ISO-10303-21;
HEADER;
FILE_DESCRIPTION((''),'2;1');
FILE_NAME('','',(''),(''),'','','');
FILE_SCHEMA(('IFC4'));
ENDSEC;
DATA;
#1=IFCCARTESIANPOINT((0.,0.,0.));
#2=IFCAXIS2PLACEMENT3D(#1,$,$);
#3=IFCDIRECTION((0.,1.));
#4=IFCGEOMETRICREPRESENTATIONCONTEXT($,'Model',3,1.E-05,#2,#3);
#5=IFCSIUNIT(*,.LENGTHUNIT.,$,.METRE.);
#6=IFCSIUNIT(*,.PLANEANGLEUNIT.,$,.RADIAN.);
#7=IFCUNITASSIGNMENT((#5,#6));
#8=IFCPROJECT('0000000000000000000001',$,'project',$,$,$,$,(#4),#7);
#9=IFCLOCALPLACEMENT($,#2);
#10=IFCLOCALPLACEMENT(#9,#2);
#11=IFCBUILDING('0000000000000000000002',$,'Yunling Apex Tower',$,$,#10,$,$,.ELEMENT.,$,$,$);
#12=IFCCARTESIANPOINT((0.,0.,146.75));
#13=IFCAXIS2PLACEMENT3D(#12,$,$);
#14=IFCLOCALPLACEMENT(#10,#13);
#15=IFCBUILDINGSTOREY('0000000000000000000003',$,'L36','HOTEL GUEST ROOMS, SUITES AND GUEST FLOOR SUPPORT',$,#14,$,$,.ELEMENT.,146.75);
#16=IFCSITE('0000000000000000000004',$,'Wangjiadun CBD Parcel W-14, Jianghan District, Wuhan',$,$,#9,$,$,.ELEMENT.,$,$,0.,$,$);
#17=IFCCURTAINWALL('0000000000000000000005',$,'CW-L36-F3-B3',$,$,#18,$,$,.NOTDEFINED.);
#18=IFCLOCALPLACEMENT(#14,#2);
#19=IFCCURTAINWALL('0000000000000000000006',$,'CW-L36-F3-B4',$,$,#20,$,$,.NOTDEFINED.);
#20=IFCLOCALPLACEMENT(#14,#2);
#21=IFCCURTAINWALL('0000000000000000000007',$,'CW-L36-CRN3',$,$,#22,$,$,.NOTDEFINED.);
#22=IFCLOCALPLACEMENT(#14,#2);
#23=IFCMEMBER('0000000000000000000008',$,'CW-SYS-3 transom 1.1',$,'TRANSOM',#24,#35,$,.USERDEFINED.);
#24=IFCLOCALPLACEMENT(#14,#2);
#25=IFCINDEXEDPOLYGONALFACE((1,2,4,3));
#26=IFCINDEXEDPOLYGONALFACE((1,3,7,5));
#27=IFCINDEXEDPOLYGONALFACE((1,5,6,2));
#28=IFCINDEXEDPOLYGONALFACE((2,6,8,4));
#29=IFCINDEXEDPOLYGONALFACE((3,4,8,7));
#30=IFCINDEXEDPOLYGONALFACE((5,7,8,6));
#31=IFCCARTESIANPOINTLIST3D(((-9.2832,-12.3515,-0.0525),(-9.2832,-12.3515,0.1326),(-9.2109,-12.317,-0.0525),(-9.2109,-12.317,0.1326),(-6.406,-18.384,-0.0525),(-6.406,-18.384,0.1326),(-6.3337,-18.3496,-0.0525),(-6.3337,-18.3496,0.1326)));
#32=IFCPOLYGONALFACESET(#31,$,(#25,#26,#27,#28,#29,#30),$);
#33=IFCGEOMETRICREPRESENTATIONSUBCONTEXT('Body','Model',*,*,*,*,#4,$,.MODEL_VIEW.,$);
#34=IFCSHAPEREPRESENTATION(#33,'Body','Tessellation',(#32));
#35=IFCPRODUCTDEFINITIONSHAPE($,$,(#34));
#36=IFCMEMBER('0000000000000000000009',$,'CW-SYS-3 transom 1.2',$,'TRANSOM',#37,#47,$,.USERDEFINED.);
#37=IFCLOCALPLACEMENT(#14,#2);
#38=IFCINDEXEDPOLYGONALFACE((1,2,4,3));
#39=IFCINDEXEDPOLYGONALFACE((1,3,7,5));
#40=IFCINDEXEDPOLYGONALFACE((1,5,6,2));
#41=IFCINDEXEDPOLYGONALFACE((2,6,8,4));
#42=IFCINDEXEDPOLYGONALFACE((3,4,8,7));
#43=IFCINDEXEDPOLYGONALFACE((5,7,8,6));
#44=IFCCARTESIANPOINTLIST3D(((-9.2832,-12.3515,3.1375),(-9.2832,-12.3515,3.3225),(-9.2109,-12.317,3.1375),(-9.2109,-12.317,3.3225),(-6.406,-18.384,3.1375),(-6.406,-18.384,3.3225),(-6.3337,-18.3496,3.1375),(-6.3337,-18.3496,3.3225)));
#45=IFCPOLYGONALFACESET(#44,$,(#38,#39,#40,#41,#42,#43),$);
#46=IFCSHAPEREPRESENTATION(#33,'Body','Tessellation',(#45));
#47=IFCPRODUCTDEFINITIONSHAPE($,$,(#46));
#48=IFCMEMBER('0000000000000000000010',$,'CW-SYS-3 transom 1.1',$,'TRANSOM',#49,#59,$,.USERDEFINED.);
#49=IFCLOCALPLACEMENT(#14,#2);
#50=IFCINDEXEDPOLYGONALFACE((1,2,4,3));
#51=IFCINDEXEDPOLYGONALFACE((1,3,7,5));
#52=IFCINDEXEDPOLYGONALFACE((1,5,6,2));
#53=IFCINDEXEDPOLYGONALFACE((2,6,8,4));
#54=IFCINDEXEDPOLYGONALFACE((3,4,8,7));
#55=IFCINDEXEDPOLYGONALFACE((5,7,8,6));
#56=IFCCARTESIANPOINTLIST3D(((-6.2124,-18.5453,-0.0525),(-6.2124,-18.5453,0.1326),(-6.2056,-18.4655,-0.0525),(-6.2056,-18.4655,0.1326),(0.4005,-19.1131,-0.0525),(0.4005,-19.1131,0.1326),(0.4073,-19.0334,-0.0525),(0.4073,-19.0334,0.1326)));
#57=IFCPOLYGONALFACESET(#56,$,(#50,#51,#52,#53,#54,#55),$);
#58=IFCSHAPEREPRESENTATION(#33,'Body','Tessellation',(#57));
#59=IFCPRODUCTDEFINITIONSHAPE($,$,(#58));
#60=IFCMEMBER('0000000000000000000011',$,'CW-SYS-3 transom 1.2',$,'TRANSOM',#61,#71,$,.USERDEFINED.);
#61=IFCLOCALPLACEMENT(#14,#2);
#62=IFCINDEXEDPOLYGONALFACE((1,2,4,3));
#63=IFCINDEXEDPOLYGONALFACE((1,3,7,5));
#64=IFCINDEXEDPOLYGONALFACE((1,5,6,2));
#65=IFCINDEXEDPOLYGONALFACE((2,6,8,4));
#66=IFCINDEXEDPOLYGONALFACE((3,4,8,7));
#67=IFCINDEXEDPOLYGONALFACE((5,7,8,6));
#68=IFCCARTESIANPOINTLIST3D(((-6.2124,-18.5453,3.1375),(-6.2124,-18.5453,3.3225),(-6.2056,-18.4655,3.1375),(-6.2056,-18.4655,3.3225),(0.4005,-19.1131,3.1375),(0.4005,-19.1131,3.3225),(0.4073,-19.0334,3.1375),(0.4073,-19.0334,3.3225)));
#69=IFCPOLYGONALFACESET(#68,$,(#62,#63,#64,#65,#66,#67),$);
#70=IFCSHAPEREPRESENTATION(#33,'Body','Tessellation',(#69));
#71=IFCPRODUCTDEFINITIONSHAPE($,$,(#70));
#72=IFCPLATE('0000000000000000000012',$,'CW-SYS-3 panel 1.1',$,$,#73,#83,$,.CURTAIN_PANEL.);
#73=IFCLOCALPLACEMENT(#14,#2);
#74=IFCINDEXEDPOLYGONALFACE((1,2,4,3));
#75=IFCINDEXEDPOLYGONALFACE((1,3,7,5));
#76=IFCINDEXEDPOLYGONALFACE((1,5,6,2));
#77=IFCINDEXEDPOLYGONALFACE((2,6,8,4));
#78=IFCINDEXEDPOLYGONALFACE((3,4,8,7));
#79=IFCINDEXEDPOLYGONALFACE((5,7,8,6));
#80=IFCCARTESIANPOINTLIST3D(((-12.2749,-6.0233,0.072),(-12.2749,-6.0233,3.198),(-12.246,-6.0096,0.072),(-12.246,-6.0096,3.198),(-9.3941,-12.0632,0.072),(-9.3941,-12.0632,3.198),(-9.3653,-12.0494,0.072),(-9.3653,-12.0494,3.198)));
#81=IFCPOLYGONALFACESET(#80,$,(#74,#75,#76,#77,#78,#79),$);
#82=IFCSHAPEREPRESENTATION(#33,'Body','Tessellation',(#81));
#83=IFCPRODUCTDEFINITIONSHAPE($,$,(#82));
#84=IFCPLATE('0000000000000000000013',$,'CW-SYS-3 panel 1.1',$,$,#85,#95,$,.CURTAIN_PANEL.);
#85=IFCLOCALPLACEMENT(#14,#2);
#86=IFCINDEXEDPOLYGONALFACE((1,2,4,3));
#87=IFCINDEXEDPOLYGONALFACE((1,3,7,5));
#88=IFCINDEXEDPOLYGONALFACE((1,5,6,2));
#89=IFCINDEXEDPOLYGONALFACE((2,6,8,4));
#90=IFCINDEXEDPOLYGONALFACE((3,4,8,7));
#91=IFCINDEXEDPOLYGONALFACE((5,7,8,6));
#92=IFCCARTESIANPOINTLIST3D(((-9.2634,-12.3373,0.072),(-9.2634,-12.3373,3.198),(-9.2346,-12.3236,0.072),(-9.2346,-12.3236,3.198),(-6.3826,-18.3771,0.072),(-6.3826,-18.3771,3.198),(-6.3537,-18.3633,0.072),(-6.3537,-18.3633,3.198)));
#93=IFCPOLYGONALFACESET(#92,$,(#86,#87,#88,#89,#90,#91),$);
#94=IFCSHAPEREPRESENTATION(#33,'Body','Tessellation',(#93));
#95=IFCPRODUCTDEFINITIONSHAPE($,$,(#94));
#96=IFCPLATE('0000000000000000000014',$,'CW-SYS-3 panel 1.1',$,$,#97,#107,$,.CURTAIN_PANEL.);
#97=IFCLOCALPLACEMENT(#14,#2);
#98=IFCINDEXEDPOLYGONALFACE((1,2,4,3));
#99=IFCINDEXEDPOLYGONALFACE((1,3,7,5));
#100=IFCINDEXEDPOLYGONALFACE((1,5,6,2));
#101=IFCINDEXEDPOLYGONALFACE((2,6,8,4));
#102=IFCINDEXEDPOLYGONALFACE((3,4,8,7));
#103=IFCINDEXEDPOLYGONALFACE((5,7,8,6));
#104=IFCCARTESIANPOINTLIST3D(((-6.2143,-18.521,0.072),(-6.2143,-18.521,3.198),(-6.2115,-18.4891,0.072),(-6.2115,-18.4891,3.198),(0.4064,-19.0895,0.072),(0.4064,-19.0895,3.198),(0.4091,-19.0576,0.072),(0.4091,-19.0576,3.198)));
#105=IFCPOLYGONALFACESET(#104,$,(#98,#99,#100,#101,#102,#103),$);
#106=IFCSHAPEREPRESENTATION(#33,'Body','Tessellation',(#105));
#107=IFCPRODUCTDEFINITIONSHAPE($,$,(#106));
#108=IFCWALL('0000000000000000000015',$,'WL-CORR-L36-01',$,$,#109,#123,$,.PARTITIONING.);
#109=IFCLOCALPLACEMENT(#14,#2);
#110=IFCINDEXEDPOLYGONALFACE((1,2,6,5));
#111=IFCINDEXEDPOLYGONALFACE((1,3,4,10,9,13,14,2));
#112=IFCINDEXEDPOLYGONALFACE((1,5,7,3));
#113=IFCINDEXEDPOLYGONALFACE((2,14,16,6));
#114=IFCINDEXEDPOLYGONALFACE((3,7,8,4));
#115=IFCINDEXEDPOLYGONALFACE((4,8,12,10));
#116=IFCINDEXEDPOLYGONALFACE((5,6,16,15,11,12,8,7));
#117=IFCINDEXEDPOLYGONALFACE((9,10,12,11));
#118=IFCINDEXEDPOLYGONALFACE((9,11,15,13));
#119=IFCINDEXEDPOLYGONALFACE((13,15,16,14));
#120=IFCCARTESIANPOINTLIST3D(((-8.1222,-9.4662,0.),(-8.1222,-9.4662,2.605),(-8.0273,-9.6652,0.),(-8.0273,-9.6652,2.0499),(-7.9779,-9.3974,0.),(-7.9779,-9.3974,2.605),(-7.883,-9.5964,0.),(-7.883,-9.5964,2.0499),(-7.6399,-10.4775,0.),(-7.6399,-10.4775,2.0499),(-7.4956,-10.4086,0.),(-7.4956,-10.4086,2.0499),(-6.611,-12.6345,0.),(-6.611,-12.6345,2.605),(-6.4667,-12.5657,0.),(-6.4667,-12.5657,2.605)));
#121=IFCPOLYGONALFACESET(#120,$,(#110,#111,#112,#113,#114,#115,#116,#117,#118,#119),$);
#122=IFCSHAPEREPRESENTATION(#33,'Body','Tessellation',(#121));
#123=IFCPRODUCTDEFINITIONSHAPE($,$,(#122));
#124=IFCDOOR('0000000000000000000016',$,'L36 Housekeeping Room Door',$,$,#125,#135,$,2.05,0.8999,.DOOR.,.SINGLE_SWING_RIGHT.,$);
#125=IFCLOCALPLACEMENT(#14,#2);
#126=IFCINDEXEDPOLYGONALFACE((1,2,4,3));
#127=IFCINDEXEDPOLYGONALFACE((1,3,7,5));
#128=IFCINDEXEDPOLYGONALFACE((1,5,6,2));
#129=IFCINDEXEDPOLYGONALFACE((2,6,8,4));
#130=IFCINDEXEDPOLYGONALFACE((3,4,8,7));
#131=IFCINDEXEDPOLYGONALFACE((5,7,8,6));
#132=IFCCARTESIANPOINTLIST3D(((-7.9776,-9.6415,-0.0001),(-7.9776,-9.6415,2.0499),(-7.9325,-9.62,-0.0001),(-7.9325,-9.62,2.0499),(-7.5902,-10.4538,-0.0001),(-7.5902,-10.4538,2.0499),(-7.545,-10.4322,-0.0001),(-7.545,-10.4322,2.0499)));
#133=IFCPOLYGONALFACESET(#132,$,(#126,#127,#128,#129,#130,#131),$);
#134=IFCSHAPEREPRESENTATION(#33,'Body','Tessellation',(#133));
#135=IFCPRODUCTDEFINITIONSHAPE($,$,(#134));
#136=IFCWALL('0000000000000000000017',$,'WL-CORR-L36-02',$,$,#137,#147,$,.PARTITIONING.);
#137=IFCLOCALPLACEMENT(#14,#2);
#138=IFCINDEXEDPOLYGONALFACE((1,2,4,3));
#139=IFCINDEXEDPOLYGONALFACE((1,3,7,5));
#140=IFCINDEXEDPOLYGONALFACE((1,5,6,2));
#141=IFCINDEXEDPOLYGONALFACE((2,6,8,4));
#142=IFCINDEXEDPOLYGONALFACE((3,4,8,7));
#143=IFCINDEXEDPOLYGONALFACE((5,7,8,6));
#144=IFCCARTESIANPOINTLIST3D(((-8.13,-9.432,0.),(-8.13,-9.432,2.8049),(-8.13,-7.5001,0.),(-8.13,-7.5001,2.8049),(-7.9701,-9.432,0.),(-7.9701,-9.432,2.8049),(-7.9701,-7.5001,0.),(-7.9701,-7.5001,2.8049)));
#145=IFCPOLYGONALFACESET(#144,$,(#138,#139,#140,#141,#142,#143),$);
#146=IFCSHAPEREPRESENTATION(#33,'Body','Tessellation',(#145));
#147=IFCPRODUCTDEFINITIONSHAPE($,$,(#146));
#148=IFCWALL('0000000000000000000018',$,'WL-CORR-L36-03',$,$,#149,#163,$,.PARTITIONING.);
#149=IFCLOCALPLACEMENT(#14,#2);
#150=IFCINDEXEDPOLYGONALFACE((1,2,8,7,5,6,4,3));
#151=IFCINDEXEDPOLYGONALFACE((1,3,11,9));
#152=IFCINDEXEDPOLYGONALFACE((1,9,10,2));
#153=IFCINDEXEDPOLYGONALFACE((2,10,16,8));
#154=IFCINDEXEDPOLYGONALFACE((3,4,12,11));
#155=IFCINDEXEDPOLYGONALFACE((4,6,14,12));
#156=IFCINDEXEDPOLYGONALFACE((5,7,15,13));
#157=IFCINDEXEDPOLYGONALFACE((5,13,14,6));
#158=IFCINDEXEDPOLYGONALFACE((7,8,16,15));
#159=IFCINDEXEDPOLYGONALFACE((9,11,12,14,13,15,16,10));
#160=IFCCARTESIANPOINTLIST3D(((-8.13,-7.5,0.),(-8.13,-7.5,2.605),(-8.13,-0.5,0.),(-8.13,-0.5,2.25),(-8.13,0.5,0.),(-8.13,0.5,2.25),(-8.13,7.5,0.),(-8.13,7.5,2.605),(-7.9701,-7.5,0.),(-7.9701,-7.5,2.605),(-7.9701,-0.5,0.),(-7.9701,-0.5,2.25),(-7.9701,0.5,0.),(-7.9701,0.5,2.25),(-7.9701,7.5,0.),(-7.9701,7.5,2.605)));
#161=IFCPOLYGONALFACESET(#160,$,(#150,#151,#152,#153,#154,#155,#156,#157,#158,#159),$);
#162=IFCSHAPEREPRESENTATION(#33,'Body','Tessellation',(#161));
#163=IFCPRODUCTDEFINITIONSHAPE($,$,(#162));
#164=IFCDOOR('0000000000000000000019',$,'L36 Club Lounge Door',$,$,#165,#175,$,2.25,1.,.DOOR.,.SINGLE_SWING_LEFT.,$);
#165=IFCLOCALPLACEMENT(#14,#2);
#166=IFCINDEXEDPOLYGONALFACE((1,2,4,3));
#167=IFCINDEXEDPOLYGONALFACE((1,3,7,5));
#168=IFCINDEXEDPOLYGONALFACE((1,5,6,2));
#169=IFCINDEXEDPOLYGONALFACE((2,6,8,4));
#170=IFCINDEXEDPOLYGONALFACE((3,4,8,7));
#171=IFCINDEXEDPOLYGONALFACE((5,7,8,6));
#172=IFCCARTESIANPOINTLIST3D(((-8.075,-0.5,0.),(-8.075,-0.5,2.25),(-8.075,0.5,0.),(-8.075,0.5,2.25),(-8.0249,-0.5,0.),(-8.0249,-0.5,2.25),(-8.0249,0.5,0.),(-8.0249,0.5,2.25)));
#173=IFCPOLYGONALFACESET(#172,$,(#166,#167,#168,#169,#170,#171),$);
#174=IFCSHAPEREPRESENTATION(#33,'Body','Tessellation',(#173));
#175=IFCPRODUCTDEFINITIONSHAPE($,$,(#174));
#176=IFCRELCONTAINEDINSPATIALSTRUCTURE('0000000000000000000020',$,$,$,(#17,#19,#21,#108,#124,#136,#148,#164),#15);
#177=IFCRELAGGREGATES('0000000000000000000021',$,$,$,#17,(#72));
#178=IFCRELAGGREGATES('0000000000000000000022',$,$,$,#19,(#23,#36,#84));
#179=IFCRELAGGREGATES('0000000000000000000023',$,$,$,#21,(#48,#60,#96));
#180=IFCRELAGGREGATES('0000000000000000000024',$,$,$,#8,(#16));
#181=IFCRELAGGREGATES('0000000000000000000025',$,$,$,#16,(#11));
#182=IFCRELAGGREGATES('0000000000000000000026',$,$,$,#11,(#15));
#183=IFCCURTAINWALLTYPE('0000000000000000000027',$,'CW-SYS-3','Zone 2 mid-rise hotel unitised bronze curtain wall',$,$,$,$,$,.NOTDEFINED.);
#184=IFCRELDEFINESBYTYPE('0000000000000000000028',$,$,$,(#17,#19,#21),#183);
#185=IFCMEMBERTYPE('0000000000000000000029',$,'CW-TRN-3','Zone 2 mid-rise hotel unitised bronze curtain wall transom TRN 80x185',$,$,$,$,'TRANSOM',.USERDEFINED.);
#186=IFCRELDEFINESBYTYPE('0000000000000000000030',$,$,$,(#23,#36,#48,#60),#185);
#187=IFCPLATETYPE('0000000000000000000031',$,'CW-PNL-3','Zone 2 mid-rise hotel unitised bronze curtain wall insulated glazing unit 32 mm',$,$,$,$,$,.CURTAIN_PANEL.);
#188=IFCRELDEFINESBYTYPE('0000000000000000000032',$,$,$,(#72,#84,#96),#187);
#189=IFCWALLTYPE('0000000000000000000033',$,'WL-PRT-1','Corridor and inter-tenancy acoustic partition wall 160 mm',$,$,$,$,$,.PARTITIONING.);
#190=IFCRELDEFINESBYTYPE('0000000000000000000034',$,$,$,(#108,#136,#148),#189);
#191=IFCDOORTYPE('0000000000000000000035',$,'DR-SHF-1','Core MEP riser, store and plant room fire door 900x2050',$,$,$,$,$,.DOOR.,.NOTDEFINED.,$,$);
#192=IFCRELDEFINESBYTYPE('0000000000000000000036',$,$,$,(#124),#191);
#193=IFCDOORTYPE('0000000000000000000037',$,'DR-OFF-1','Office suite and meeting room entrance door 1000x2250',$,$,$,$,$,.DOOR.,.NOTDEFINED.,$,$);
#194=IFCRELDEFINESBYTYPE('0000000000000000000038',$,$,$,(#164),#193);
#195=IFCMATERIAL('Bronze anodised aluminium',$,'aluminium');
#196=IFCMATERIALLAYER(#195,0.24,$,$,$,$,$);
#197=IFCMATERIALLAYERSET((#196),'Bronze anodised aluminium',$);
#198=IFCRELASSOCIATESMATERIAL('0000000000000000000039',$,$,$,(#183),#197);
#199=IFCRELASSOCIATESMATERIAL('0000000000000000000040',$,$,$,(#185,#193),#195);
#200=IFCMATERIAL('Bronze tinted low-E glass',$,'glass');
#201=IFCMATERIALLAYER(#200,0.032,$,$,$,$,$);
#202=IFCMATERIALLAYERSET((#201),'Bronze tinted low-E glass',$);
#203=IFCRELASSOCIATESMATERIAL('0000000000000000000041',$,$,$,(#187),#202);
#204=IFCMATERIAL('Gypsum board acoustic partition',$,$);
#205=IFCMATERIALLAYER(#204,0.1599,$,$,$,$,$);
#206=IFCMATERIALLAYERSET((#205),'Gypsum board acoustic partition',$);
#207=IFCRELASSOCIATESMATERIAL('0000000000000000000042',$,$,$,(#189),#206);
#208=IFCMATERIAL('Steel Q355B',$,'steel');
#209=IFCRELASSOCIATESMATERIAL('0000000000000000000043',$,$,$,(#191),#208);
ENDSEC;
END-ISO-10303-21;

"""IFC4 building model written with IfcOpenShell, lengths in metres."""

from ifc_helpers import new_model, si_unit, direction, frame, frame_2d, origin, origin_2d, place, context, subcontext, project, spatial, rectangle, extrude, source, transform, mapped, material, layer, layer_set, material_profile, profile_set, type_object, element, fill, aggregate, save


model = new_model("IFC4")

# Units and contexts
model_context = context("Model", 3, precision=1e-05, world=origin(), true_north=direction((0.0, 1.0)))
body_context = subcontext(model_context, "Body", "Model", "MODEL_VIEW")
ifc_project = project(units=[si_unit("LENGTHUNIT", "METRE"), si_unit("PLANEANGLEUNIT", "RADIAN")], contexts=[model_context])

# Site, building, storey
site_placement = place(None, origin())
site = spatial("IfcSite", under=ifc_project, at=site_placement, Name="Wangjiadun CBD Parcel W-14, Jianghan District, Wuhan", CompositionType="ELEMENT", RefElevation=0.0)
building_placement = place(site_placement, origin())
building = spatial("IfcBuilding", under=site, at=building_placement, Name="Yunling Apex Tower", CompositionType="ELEMENT")
storey_placement = place(building_placement, frame((0.0, 0.0, 146.75)))
storey = spatial("IfcBuildingStorey", under=building, at=storey_placement, Name="L36", Description="HOTEL GUEST ROOMS, SUITES AND GUEST FLOOR SUPPORT", CompositionType="ELEMENT", Elevation=146.75)

# Shared definitions
ifc_material_1 = material(Name="Steel Q355B", Category="steel")

# Curtain walls
ifc_material_2 = material(Name="Bronze anodised aluminium", Category="aluminium")
ifc_layer_1 = layer(ifc_material_2, 0.24)
ifc_layer_set_1 = layer_set([ifc_layer_1], Name="Bronze anodised aluminium")
curtain_wall_type = type_object("IfcCurtainWallType", Name="CW-SYS-3", Description="Zone 2 mid-rise hotel unitised bronze curtain wall", PredefinedType="NOTDEFINED", material=ifc_layer_set_1)
curtain_wall_1_placement = place(storey_placement, origin())
curtain_wall_1 = element("IfcCurtainWall", 1, at=curtain_wall_1_placement, inside=storey, type_object=curtain_wall_type, Name="CW-L36-F3-B3", PredefinedType="NOTDEFINED")
curtain_wall_2_placement = place(storey_placement, origin())
curtain_wall_2 = element("IfcCurtainWall", 2, at=curtain_wall_2_placement, inside=storey, type_object=curtain_wall_type, Name="CW-L36-F3-B4", PredefinedType="NOTDEFINED")

# Curtain wall
curtain_wall_3_placement = place(storey_placement, origin())
curtain_wall_3 = element("IfcCurtainWall", 3, at=curtain_wall_3_placement, inside=storey, type_object=curtain_wall_type, Name="CW-L36-CRN3", PredefinedType="NOTDEFINED")

# Members
ifc_material_profile_1 = material_profile(ifc_material_2, rectangle(XDim=0.0801, YDim=0.1851, at=origin_2d()))
ifc_profile_set_1 = profile_set([ifc_material_profile_1], Name="Bronze anodised aluminium")
member_type_1 = type_object("IfcMemberType", Name="CW-TRN-3", Description="Zone 2 mid-rise hotel unitised bronze curtain wall transom TRN 80x185", ElementType="TRANSOM", PredefinedType="USERDEFINED", material=ifc_profile_set_1)
shared_shape_1 = source(origin(), body_context, "Body", "SweptSolid", [
    extrude(rectangle(XDim=0.0801, YDim=0.1851, at=origin_2d()), origin(), (0.0, 0.0, 1.0), 6.6836),
])
member_1_placement = place(storey_placement, frame((-9.2471, -12.3342, 0.04), z_axis=(0.430494, -0.902594, 0.0), x_axis=(0.902594, 0.430494, 0.0)))
member_1 = element("IfcMember", 4, at=member_1_placement, type_object=member_type_1, Name="CW-SYS-3 transom 1.1", ObjectType="TRANSOM", PredefinedType="USERDEFINED", context=body_context, shape_type="MappedRepresentation", body=[
    mapped(shared_shape_1, transform((0.0, 0.0, 0.0), scale=1.0)),
])
member_2_placement = place(storey_placement, frame((-9.2471, -12.3342, 3.23), z_axis=(0.430494, -0.902594, 0.0), x_axis=(0.902594, 0.430494, 0.0)))
member_2 = element("IfcMember", 5, at=member_2_placement, type_object=member_type_1, Name="CW-SYS-3 transom 1.2", ObjectType="TRANSOM", PredefinedType="USERDEFINED", context=body_context, shape_type="MappedRepresentation", body=[
    mapped(shared_shape_1, transform((0.0, 0.0, 0.0), scale=1.0)),
])
shared_shape_2 = source(origin(), body_context, "Body", "SweptSolid", [
    extrude(rectangle(XDim=0.0801, YDim=0.1851, at=origin_2d()), origin(), (0.0, 0.0, 1.0), 6.6372),
])
member_3_placement = place(storey_placement, frame((-6.209, -18.5054, 0.04), z_axis=(0.996333, -0.08556, 0.0), x_axis=(0.08556, 0.996333, 0.0)))
member_3 = element("IfcMember", 6, at=member_3_placement, type_object=member_type_1, Name="CW-SYS-3 transom 1.1", ObjectType="TRANSOM", PredefinedType="USERDEFINED", context=body_context, shape_type="MappedRepresentation", body=[
    mapped(shared_shape_2, transform((0.0, 0.0, 0.0), scale=1.0)),
])
member_4_placement = place(storey_placement, frame((-6.209, -18.5054, 3.23), z_axis=(0.996333, -0.08556, 0.0), x_axis=(0.08556, 0.996333, 0.0)))
member_4 = element("IfcMember", 7, at=member_4_placement, type_object=member_type_1, Name="CW-SYS-3 transom 1.2", ObjectType="TRANSOM", PredefinedType="USERDEFINED", context=body_context, shape_type="MappedRepresentation", body=[
    mapped(shared_shape_2, transform((0.0, 0.0, 0.0), scale=1.0)),
])

# Plates
ifc_material_3 = material(Name="Bronze tinted low-E glass", Category="glass")
ifc_layer_2 = layer(ifc_material_3, 0.032)
ifc_layer_set_2 = layer_set([ifc_layer_2], Name="Bronze tinted low-E glass")
plate_type = type_object("IfcPlateType", Name="CW-PNL-3", Description="Zone 2 mid-rise hotel unitised bronze curtain wall insulated glazing unit 32 mm", PredefinedType="CURTAIN_PANEL", material=ifc_layer_set_2)
shared_shape_3 = source(origin(), body_context, "Body", "SweptSolid", [
    extrude(rectangle(XDim=6.6917, YDim=0.032, at=origin_2d()), origin(), (0.0, 0.0, 1.0), 3.126),
])
plate_1_placement = place(storey_placement, frame((-10.8201, -9.0364, 0.072), z_axis=(0.0, 0.0, 1.0), x_axis=(0.430494, -0.902593, 0.0)))
plate_1 = element("IfcPlate", 8, at=plate_1_placement, type_object=plate_type, Name="CW-SYS-3 panel 1.1", PredefinedType="CURTAIN_PANEL", context=body_context, shape_type="MappedRepresentation", body=[
    mapped(shared_shape_3, transform((0.0, 0.0, 0.0), scale=1.0)),
])
aggregate(curtain_wall_1, [plate_1])
plate_2_placement = place(storey_placement, frame((-7.8086, -15.3503, 0.072), z_axis=(0.0, 0.0, 1.0), x_axis=(0.430512, -0.902585, 0.0)))
plate_2 = element("IfcPlate", 9, at=plate_2_placement, type_object=plate_type, Name="CW-SYS-3 panel 1.1", PredefinedType="CURTAIN_PANEL", context=body_context, shape_type="MappedRepresentation", body=[
    mapped(shared_shape_3, transform((0.0, 0.0, 0.0), scale=1.0)),
])
aggregate(curtain_wall_2, [member_1, member_2, plate_2])
shared_shape_4 = source(origin(), body_context, "Body", "SweptSolid", [
    extrude(rectangle(XDim=6.645, YDim=0.032, at=origin_2d()), origin(), (0.0, 0.0, 1.0), 3.126),
])
plate_3_placement = place(storey_placement, frame((-2.9026, -18.7893, 0.072), z_axis=(0.0, 0.0, 1.0), x_axis=(0.996334, -0.08555, 0.0)))
plate_3 = element("IfcPlate", 10, at=plate_3_placement, type_object=plate_type, Name="CW-SYS-3 panel 1.1", PredefinedType="CURTAIN_PANEL", context=body_context, shape_type="MappedRepresentation", body=[
    mapped(shared_shape_4, transform((0.0, 0.0, 0.0), scale=1.0)),
])
aggregate(curtain_wall_3, [member_3, member_4, plate_3])

# Wall, opening, door
ifc_material_4 = material(Name="Gypsum board acoustic partition")
ifc_layer_3 = layer(ifc_material_4, 0.1599)
ifc_layer_set_3 = layer_set([ifc_layer_3], Name="Gypsum board acoustic partition")
wall_type_1 = type_object("IfcWallType", Name="WL-PRT-1", Description="Corridor and inter-tenancy acoustic partition wall 160 mm", PredefinedType="PARTITIONING", material=ifc_layer_set_3)
wall_1_placement = place(storey_placement, frame((-6.5388, -12.6001, 0.0), z_axis=(0.0, 0.0, 1.0), x_axis=(-0.430527, 0.902577, 0.0)))
wall_1 = element("IfcWall", 11, at=wall_1_placement, inside=storey, type_object=wall_type_1, Name="WL-CORR-L36-01", PredefinedType="PARTITIONING", context=body_context, shape_type="SweptSolid", body=[
    extrude(rectangle(XDim=3.5103, YDim=0.1599, at=frame_2d((1.7551, 0.0))), origin(), (0.0, 0.0, 1.0), 2.605),
])
opening_1_placement = place(wall_1_placement, frame((2.3899, 0.0, 0.0)))
opening_1 = element("IfcOpeningElement", 12, at=opening_1_placement, cuts=wall_1, PredefinedType="OPENING", context=body_context, shape_type="SweptSolid", body=[
    extrude(rectangle(XDim=0.8999, YDim=2.05, at=frame_2d((0.45, 1.0249))), frame((0.0, 0.0898, 0.0), z_axis=(0.0, -1.0, 0.0), x_axis=(1.0, 0.0, 0.0)), (0.0, 0.0, 1.0), 0.1799),
])
door_type_1 = type_object("IfcDoorType", Name="DR-SHF-1", Description="Core MEP riser, store and plant room fire door 900x2050", OperationType="NOTDEFINED", PredefinedType="DOOR", material=ifc_material_1)
door_1_placement = place(opening_1_placement, origin())
door_1 = element("IfcDoor", 13, at=door_1_placement, inside=storey, type_object=door_type_1, Name="L36 Housekeeping Room Door", OperationType="SINGLE_SWING_RIGHT", OverallHeight=2.05, OverallWidth=0.8999, PredefinedType="DOOR", context=body_context, shape_type="SweptSolid", body=[
    extrude(rectangle(XDim=0.8999, YDim=2.05, at=frame_2d((0.45, 1.0249))), frame((0.0, 0.0249, 0.0), z_axis=(0.0, -1.0, 0.0), x_axis=(1.0, 0.0, 0.0)), (0.0, 0.0, 1.0), 0.05),
])
fill(opening_1, door_1)

# Wall
wall_2_placement = place(storey_placement, frame((-8.05, -9.4319, 0.0), z_axis=(0.0, 0.0, 1.0), x_axis=(0.0, 1.0, 0.0)))
element("IfcWall", 14, at=wall_2_placement, inside=storey, type_object=wall_type_1, Name="WL-CORR-L36-02", PredefinedType="PARTITIONING", context=body_context, shape_type="SweptSolid", body=[
    extrude(rectangle(XDim=1.9319, YDim=0.1599, at=frame_2d((0.9658, 0.0))), origin(), (0.0, 0.0, 1.0), 2.8049),
])

# Wall, opening, door
wall_3_placement = place(storey_placement, frame((-8.05, -7.5, 0.0), z_axis=(0.0, 0.0, 1.0), x_axis=(0.0, 1.0, 0.0)))
wall_3 = element("IfcWall", 15, at=wall_3_placement, inside=storey, type_object=wall_type_1, Name="WL-CORR-L36-03", PredefinedType="PARTITIONING", context=body_context, shape_type="SweptSolid", body=[
    extrude(rectangle(XDim=15.0, YDim=0.1599, at=frame_2d((7.5, 0.0))), origin(), (0.0, 0.0, 1.0), 2.605),
])
opening_2_placement = place(wall_3_placement, frame((7.0, 0.0, 0.0)))
opening_2 = element("IfcOpeningElement", 16, at=opening_2_placement, cuts=wall_3, PredefinedType="OPENING", context=body_context, shape_type="SweptSolid", body=[
    extrude(rectangle(XDim=1.0, YDim=2.25, at=frame_2d((0.5, 1.125))), frame((0.0, 0.0898, 0.0), z_axis=(0.0, -1.0, 0.0), x_axis=(1.0, 0.0, 0.0)), (0.0, 0.0, 1.0), 0.1799),
])
door_type_2 = type_object("IfcDoorType", Name="DR-OFF-1", Description="Office suite and meeting room entrance door 1000x2250", OperationType="NOTDEFINED", PredefinedType="DOOR", material=ifc_material_2)
door_2_placement = place(opening_2_placement, origin())
door_2 = element("IfcDoor", 17, at=door_2_placement, inside=storey, type_object=door_type_2, Name="L36 Club Lounge Door", OperationType="SINGLE_SWING_LEFT", OverallHeight=2.25, OverallWidth=1.0, PredefinedType="DOOR", context=body_context, shape_type="SweptSolid", body=[
    extrude(rectangle(XDim=1.0, YDim=2.25, at=frame_2d((0.5, 1.125))), frame((0.0, 0.0249, 0.0), z_axis=(0.0, -1.0, 0.0), x_axis=(1.0, 0.0, 0.0)), (0.0, 0.0, 1.0), 0.05),
])
fill(opening_2, door_2)

save(model, "model.ifc")
